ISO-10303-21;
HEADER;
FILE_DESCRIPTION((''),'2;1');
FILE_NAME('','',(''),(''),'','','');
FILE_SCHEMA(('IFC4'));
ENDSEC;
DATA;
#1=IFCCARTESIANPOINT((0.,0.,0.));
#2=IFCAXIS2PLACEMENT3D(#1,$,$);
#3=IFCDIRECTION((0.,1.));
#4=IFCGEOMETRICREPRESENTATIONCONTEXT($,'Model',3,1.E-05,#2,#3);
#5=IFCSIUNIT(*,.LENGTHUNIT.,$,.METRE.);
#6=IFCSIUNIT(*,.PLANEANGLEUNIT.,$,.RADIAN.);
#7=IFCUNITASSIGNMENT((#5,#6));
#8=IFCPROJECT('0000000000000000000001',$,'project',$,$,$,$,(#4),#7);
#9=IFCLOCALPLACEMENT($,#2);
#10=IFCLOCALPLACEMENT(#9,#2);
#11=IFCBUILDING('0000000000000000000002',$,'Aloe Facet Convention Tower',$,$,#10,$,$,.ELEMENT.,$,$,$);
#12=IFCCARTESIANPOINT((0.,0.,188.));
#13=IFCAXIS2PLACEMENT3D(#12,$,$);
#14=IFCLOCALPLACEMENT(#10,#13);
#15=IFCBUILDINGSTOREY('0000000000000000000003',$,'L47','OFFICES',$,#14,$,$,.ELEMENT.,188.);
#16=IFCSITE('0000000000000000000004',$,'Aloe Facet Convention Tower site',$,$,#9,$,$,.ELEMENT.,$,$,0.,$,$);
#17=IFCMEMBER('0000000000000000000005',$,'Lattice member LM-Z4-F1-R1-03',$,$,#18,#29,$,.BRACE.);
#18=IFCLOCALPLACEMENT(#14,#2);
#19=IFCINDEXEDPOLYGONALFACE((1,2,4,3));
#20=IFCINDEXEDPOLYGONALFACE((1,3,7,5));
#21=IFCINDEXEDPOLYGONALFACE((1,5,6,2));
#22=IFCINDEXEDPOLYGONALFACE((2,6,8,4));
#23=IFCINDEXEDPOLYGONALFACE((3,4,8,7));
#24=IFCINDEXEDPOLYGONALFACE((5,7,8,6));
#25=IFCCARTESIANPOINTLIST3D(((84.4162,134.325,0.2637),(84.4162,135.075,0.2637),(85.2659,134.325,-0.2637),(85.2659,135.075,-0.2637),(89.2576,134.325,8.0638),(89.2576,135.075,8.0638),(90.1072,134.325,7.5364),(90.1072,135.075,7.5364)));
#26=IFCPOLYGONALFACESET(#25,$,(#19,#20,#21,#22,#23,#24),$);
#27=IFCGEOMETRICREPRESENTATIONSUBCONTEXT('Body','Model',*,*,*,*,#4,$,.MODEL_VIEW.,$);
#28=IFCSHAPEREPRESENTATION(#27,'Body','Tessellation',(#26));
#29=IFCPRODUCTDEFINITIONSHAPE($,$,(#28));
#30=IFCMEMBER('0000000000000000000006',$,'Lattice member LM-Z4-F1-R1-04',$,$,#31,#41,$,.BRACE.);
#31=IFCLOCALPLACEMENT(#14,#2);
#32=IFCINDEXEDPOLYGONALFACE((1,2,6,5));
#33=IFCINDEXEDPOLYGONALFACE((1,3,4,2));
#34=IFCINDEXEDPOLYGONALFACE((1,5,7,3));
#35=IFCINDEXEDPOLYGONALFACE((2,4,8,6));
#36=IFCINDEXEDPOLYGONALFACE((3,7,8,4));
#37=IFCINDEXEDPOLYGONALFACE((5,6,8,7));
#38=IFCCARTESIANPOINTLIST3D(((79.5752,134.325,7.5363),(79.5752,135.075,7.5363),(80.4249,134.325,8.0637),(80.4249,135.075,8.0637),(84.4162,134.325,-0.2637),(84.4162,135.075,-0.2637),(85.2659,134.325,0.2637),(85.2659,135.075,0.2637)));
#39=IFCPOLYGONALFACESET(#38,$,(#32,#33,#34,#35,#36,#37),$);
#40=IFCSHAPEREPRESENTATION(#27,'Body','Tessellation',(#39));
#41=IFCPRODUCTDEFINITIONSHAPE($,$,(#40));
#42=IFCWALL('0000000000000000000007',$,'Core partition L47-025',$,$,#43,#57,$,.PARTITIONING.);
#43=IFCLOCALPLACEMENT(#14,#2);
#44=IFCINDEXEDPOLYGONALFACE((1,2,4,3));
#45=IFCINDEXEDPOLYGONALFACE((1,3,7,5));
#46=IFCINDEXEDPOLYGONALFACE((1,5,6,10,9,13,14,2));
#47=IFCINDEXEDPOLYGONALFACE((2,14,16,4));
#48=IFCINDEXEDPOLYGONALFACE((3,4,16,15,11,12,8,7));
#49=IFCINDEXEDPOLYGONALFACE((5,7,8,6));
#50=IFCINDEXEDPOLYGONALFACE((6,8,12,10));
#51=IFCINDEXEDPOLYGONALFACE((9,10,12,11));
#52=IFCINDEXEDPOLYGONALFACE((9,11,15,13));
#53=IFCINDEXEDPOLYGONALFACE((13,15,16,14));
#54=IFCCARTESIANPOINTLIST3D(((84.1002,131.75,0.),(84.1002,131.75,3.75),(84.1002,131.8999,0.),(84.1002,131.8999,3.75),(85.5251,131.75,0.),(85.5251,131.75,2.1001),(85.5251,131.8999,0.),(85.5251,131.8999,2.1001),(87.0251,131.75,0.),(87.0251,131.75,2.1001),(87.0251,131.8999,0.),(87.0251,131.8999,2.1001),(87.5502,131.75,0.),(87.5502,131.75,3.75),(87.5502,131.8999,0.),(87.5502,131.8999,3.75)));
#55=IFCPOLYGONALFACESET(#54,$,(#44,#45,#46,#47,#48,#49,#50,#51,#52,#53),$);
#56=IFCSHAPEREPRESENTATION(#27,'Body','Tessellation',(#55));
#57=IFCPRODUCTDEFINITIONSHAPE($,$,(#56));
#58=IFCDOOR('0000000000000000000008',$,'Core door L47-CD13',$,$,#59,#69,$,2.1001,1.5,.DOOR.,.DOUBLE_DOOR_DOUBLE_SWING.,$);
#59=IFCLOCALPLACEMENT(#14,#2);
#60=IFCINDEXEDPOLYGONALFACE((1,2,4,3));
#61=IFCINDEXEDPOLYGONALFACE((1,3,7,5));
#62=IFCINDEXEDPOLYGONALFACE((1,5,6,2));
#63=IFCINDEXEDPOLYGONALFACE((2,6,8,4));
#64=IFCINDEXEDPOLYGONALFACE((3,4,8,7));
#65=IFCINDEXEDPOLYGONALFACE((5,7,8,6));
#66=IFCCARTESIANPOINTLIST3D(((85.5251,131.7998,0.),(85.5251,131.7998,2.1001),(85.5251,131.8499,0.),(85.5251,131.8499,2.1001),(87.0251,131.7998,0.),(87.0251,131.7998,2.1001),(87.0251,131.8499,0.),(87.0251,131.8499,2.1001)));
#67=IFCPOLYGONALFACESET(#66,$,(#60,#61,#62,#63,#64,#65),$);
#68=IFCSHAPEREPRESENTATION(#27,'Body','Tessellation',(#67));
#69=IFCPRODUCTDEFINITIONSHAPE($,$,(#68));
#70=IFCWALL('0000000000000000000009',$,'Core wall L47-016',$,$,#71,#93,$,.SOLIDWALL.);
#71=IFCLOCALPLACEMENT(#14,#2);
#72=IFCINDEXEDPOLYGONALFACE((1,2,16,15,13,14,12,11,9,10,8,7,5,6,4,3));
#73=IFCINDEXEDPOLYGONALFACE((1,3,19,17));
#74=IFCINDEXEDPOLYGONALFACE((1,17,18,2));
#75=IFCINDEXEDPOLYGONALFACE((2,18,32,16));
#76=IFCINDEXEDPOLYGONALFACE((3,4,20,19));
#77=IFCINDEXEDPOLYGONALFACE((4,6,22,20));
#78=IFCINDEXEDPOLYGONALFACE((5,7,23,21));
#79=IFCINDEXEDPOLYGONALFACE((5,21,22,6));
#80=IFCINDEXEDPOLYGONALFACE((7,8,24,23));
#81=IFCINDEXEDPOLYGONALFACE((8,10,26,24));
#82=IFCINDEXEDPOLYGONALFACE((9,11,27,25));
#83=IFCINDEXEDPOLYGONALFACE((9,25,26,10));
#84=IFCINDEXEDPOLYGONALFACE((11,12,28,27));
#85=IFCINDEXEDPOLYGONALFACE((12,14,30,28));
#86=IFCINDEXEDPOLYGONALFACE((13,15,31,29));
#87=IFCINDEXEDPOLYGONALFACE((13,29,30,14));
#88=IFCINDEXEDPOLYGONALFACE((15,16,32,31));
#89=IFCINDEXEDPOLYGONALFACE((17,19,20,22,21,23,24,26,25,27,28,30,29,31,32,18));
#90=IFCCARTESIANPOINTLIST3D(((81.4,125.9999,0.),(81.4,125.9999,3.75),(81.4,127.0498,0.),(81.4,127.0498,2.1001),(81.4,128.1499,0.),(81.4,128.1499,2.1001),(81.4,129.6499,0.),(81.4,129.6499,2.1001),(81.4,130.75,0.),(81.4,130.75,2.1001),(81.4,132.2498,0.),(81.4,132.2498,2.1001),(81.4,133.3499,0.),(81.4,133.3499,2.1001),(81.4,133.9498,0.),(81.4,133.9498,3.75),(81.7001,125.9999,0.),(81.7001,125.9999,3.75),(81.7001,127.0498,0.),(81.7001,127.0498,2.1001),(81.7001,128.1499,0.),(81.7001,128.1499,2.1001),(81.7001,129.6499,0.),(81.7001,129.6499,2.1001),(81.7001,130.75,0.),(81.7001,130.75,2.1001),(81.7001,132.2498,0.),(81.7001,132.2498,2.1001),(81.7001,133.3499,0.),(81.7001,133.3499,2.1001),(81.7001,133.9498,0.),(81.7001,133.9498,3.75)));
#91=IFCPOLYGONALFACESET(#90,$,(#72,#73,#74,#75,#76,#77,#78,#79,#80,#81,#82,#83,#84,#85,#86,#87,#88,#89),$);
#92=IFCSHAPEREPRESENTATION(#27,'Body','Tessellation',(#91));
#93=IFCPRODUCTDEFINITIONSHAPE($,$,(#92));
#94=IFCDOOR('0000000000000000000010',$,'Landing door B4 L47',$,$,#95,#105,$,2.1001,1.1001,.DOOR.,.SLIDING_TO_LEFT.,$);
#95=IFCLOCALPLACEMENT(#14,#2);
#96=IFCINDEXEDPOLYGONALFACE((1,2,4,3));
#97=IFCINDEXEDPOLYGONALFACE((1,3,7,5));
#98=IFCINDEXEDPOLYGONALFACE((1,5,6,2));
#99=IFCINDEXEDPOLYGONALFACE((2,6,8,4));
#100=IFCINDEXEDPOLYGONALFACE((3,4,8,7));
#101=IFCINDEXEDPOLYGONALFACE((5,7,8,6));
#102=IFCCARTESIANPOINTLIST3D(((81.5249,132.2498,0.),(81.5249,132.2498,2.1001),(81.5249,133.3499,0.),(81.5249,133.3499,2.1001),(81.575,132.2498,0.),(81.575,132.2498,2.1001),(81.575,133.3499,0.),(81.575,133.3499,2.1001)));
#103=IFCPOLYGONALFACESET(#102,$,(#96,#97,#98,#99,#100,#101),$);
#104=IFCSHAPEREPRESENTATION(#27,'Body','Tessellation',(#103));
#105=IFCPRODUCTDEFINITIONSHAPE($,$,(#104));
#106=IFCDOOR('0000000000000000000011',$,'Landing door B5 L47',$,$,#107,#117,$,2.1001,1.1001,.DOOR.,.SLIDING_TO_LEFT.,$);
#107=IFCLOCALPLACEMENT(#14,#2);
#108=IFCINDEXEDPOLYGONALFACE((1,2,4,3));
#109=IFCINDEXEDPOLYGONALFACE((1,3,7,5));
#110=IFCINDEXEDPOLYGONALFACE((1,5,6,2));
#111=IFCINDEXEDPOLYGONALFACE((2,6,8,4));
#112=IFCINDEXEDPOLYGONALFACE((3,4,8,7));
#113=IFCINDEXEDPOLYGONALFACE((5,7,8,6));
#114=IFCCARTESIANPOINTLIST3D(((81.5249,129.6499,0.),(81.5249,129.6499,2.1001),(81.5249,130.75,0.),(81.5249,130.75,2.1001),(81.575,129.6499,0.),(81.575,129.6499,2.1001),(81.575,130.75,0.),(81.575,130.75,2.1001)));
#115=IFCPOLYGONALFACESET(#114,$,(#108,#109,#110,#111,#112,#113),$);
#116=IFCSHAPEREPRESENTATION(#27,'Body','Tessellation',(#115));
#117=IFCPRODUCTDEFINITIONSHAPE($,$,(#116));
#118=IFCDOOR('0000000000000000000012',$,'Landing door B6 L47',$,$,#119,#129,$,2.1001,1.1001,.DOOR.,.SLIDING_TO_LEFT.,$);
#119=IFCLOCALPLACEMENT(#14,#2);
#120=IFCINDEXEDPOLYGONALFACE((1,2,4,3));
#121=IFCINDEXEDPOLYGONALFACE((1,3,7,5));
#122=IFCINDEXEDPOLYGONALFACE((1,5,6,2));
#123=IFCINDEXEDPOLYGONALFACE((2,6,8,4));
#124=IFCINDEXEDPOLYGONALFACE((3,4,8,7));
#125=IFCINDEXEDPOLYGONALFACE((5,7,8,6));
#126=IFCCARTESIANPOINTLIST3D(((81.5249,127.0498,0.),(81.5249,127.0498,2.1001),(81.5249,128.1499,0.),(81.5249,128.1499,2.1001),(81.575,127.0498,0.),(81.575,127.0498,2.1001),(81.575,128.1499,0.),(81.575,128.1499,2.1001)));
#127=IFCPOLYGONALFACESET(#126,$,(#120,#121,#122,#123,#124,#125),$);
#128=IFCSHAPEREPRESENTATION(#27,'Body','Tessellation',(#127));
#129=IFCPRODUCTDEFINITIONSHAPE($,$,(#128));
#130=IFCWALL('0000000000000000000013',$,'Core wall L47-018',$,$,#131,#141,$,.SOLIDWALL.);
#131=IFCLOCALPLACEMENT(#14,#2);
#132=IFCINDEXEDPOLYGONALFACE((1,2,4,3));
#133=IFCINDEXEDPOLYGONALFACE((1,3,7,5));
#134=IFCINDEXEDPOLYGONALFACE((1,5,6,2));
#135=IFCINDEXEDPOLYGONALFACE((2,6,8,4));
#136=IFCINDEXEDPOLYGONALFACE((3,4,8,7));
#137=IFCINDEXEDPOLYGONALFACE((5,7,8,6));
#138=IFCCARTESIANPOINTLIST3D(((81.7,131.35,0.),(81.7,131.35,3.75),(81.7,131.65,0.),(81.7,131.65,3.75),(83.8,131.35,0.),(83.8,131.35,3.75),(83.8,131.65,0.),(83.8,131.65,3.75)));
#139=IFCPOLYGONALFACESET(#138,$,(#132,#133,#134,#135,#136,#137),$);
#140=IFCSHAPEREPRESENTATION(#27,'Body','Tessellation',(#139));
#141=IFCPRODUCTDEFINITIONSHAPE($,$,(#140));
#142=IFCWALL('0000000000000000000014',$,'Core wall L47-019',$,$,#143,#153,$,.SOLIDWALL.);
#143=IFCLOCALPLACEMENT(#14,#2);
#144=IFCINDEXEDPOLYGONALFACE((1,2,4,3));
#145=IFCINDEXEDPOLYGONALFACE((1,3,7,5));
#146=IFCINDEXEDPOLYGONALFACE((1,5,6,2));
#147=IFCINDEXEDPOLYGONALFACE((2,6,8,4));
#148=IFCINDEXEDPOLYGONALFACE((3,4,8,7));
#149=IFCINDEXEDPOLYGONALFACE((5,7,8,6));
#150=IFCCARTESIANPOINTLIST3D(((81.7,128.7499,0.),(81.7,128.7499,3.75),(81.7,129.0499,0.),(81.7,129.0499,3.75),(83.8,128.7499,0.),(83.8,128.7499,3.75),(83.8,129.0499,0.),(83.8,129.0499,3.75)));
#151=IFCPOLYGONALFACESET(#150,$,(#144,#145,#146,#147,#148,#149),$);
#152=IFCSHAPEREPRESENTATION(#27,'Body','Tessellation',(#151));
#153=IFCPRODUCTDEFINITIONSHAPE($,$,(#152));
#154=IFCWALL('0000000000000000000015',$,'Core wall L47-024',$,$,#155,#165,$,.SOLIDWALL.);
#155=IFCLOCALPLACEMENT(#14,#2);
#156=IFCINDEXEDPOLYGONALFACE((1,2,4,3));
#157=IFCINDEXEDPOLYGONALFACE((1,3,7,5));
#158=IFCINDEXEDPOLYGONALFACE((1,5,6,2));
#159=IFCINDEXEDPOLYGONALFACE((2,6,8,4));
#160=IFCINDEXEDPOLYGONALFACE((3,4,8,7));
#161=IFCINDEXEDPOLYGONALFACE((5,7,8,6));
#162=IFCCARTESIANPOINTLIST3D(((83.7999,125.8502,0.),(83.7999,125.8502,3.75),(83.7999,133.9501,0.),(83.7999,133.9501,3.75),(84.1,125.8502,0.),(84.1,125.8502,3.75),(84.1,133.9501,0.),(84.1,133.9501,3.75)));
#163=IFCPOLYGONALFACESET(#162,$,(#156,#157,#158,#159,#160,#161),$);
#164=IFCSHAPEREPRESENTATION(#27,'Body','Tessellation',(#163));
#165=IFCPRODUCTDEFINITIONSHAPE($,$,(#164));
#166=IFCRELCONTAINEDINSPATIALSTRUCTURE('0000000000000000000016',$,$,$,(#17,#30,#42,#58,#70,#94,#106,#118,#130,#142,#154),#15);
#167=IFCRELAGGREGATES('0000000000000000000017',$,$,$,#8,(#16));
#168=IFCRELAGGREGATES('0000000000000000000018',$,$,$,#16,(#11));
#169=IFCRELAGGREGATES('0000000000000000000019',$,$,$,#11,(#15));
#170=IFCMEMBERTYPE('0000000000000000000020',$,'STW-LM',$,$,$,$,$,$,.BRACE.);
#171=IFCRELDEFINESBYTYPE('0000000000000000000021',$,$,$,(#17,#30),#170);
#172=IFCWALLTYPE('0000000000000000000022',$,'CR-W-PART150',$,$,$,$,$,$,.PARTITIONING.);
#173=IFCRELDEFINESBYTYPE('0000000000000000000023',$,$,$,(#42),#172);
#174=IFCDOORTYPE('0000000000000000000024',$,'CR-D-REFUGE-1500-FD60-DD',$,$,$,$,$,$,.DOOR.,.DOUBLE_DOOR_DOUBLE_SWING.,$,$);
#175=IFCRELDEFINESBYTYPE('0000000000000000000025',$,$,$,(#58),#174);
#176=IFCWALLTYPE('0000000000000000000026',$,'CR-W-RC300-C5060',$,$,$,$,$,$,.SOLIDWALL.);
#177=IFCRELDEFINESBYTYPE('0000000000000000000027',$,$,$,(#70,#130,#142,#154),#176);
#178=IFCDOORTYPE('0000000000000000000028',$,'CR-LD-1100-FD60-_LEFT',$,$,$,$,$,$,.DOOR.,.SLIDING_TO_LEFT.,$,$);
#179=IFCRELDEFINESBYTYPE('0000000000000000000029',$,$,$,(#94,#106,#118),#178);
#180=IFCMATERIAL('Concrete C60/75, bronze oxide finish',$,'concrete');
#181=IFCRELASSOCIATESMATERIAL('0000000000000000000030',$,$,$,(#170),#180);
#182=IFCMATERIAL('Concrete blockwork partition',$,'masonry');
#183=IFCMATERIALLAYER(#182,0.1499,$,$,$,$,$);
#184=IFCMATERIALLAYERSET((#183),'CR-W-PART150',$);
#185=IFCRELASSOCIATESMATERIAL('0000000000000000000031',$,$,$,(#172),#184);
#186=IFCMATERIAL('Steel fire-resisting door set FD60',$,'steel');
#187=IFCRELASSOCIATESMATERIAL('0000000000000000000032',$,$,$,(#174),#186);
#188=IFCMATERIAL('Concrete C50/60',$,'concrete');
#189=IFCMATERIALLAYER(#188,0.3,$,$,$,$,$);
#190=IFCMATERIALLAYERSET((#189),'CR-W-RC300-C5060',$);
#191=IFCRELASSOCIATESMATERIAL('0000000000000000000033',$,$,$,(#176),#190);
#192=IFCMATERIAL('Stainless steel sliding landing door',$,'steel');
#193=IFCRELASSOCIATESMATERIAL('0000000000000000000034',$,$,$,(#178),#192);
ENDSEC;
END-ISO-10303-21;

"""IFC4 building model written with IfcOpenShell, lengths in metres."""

from ifc_helpers import new_model, si_unit, direction, frame, frame_2d, origin, origin_2d, place, context, subcontext, project, spatial, rectangle, extrude, material, layer, layer_set, material_profile, profile_set, type_object, element, fill, save


model = new_model("IFC4")

# Units and contexts
model_context = context("Model", 3, precision=1e-05, world=origin(), true_north=direction((0.0, 1.0)))
body_context = subcontext(model_context, "Body", "Model", "MODEL_VIEW")
ifc_project = project(units=[si_unit("LENGTHUNIT", "METRE"), si_unit("PLANEANGLEUNIT", "RADIAN")], contexts=[model_context])

# Site, building, storey
site_placement = place(None, origin())
site = spatial("IfcSite", under=ifc_project, at=site_placement, Name="Aloe Facet Convention Tower site", CompositionType="ELEMENT", RefElevation=0.0)
building_placement = place(site_placement, origin())
building = spatial("IfcBuilding", under=site, at=building_placement, Name="Aloe Facet Convention Tower", CompositionType="ELEMENT")
storey_placement = place(building_placement, frame((0.0, 0.0, 188.0)))
storey = spatial("IfcBuildingStorey", under=building, at=storey_placement, Name="L47", Description="OFFICES", CompositionType="ELEMENT", Elevation=188.0)

# Members
ifc_material_1 = material(Name="Concrete C60/75, bronze oxide finish", Category="concrete")
ifc_material_profile = material_profile(ifc_material_1, rectangle(XDim=0.75, YDim=1.0, at=origin_2d()), Name="STW-LM")
ifc_profile_set = profile_set([ifc_material_profile], Name="Concrete C60/75, bronze oxide finish")
member_type = type_object("IfcMemberType", Name="STW-LM", PredefinedType="BRACE", material=ifc_profile_set)
member_1_placement = place(storey_placement, frame((84.8411, 134.7, 0.0), z_axis=(0.527355, 0.0, 0.849645), x_axis=(0.0, 1.0, 0.0)))
element("IfcMember", 1, at=member_1_placement, inside=storey, type_object=member_type, Name="Lattice member LM-Z4-F1-R1-03", PredefinedType="BRACE", context=body_context, shape_type="SweptSolid", body=[
    extrude(rectangle(XDim=0.75, YDim=1.0, at=origin_2d()), origin(), (0.0, 0.0, 1.0), 9.1804),
])
member_2_placement = place(storey_placement, frame((84.8411, 134.7, 0.0), z_axis=(-0.527336, 0.0, 0.849657), x_axis=(0.0, -1.0, 0.0)))
element("IfcMember", 2, at=member_2_placement, inside=storey, type_object=member_type, Name="Lattice member LM-Z4-F1-R1-04", PredefinedType="BRACE", context=body_context, shape_type="SweptSolid", body=[
    extrude(rectangle(XDim=0.75, YDim=1.0, at=origin_2d()), origin(), (0.0, 0.0, 1.0), 9.1802),
])

# Wall, opening, door
ifc_material_2 = material(Name="Concrete blockwork partition", Category="masonry")
ifc_layer_1 = layer(ifc_material_2, 0.1499)
ifc_layer_set_1 = layer_set([ifc_layer_1], Name="CR-W-PART150")
wall_type_1 = type_object("IfcWallType", Name="CR-W-PART150", PredefinedType="PARTITIONING", material=ifc_layer_set_1)
wall_1_placement = place(storey_placement, frame((84.1001, 131.825, 0.0), z_axis=(0.0, 0.0, 1.0), x_axis=(1.0, 0.0, 0.0)))
wall_1 = element("IfcWall", 3, at=wall_1_placement, inside=storey, type_object=wall_type_1, Name="Core partition L47-025", PredefinedType="PARTITIONING", context=body_context, shape_type="SweptSolid", body=[
    extrude(rectangle(XDim=3.45, YDim=0.1499, at=frame_2d((1.7251, 0.0))), origin(), (0.0, 0.0, 1.0), 3.75),
])
opening_1_placement = place(wall_1_placement, frame((1.425, 0.0, 0.0)))
opening_1 = element("IfcOpeningElement", 4, at=opening_1_placement, cuts=wall_1, PredefinedType="OPENING", context=body_context, shape_type="SweptSolid", body=[
    extrude(rectangle(XDim=1.5, YDim=2.1001, at=frame_2d((0.75, 1.05))), frame((0.0, 0.085, 0.0), z_axis=(0.0, -1.0, 0.0), x_axis=(1.0, 0.0, 0.0)), (0.0, 0.0, 1.0), 0.1699),
])
ifc_material_3 = material(Name="Steel fire-resisting door set FD60", Category="steel")
door_type_1 = type_object("IfcDoorType", Name="CR-D-REFUGE-1500-FD60-DD", OperationType="DOUBLE_DOOR_DOUBLE_SWING", PredefinedType="DOOR", material=ifc_material_3)
door_1_placement = place(opening_1_placement, origin())
door_1 = element("IfcDoor", 5, at=door_1_placement, inside=storey, type_object=door_type_1, Name="Core door L47-CD13", OperationType="DOUBLE_DOOR_DOUBLE_SWING", OverallHeight=2.1001, OverallWidth=1.5, PredefinedType="DOOR", context=body_context, shape_type="SweptSolid", body=[
    extrude(rectangle(XDim=1.5, YDim=2.1001, at=frame_2d((0.75, 1.05))), frame((0.0, 0.0249, 0.0), z_axis=(0.0, -1.0, 0.0), x_axis=(1.0, 0.0, 0.0)), (0.0, 0.0, 1.0), 0.05),
])
fill(opening_1, door_1)

# Wall, openings, doors
ifc_material_4 = material(Name="Concrete C50/60", Category="concrete")
ifc_layer_2 = layer(ifc_material_4, 0.3)
ifc_layer_set_2 = layer_set([ifc_layer_2], Name="CR-W-RC300-C5060")
wall_type_2 = type_object("IfcWallType", Name="CR-W-RC300-C5060", PredefinedType="SOLIDWALL", material=ifc_layer_set_2)
wall_2_placement = place(storey_placement, frame((81.55, 133.95, 0.0), z_axis=(0.0, 0.0, 1.0), x_axis=(0.0, -1.0, 0.0)))
wall_2 = element("IfcWall", 6, at=wall_2_placement, inside=storey, type_object=wall_type_2, Name="Core wall L47-016", PredefinedType="SOLIDWALL", context=body_context, shape_type="SweptSolid", body=[
    extrude(rectangle(XDim=7.95, YDim=0.3, at=frame_2d((3.9751, 0.0))), origin(), (0.0, 0.0, 1.0), 3.75),
])
opening_2_placement = place(wall_2_placement, frame((0.6001, 0.0, 0.0)))
opening_2 = element("IfcOpeningElement", 7, at=opening_2_placement, cuts=wall_2, PredefinedType="OPENING", context=body_context, shape_type="SweptSolid", body=[
    extrude(rectangle(XDim=1.1001, YDim=2.1001, at=frame_2d((0.55, 1.05))), frame((0.0, 0.1602, 0.0), z_axis=(0.0, -1.0, 0.0), x_axis=(1.0, 0.0, 0.0)), (0.0, 0.0, 1.0), 0.3201),
])
opening_3_placement = place(wall_2_placement, frame((3.2, 0.0, 0.0)))
opening_3 = element("IfcOpeningElement", 8, at=opening_3_placement, cuts=wall_2, PredefinedType="OPENING", context=body_context, shape_type="SweptSolid", body=[
    extrude(rectangle(XDim=1.1001, YDim=2.1001, at=frame_2d((0.55, 1.05))), frame((0.0, 0.1602, 0.0), z_axis=(0.0, -1.0, 0.0), x_axis=(1.0, 0.0, 0.0)), (0.0, 0.0, 1.0), 0.3201),
])
opening_4_placement = place(wall_2_placement, frame((5.8, 0.0, 0.0)))
opening_4 = element("IfcOpeningElement", 9, at=opening_4_placement, cuts=wall_2, PredefinedType="OPENING", context=body_context, shape_type="SweptSolid", body=[
    extrude(rectangle(XDim=1.1001, YDim=2.1001, at=frame_2d((0.55, 1.05))), frame((0.0, 0.1602, 0.0), z_axis=(0.0, -1.0, 0.0), x_axis=(1.0, 0.0, 0.0)), (0.0, 0.0, 1.0), 0.3201),
])
ifc_material_5 = material(Name="Stainless steel sliding landing door", Category="steel")
door_type_2 = type_object("IfcDoorType", Name="CR-LD-1100-FD60-_LEFT", OperationType="SLIDING_TO_LEFT", PredefinedType="DOOR", material=ifc_material_5)
door_2_placement = place(opening_2_placement, origin())
door_2 = element("IfcDoor", 10, at=door_2_placement, inside=storey, type_object=door_type_2, Name="Landing door B4 L47", OperationType="SLIDING_TO_LEFT", OverallHeight=2.1001, OverallWidth=1.1001, PredefinedType="DOOR", context=body_context, shape_type="SweptSolid", body=[
    extrude(rectangle(XDim=1.1001, YDim=2.1001, at=frame_2d((0.55, 1.05))), frame((0.0, 0.0249, 0.0), z_axis=(0.0, -1.0, 0.0), x_axis=(1.0, 0.0, 0.0)), (0.0, 0.0, 1.0), 0.05),
])
fill(opening_2, door_2)
door_3_placement = place(opening_3_placement, origin())
door_3 = element("IfcDoor", 11, at=door_3_placement, inside=storey, type_object=door_type_2, Name="Landing door B5 L47", OperationType="SLIDING_TO_LEFT", OverallHeight=2.1001, OverallWidth=1.1001, PredefinedType="DOOR", context=body_context, shape_type="SweptSolid", body=[
    extrude(rectangle(XDim=1.1001, YDim=2.1001, at=frame_2d((0.55, 1.05))), frame((0.0, 0.0249, 0.0), z_axis=(0.0, -1.0, 0.0), x_axis=(1.0, 0.0, 0.0)), (0.0, 0.0, 1.0), 0.05),
])
fill(opening_3, door_3)
door_4_placement = place(opening_4_placement, origin())
door_4 = element("IfcDoor", 12, at=door_4_placement, inside=storey, type_object=door_type_2, Name="Landing door B6 L47", OperationType="SLIDING_TO_LEFT", OverallHeight=2.1001, OverallWidth=1.1001, PredefinedType="DOOR", context=body_context, shape_type="SweptSolid", body=[
    extrude(rectangle(XDim=1.1001, YDim=2.1001, at=frame_2d((0.55, 1.05))), frame((0.0, 0.0249, 0.0), z_axis=(0.0, -1.0, 0.0), x_axis=(1.0, 0.0, 0.0)), (0.0, 0.0, 1.0), 0.05),
])
fill(opening_4, door_4)

# Walls
for number, where, z_axis, x_axis, name in (
    (13, (81.7, 131.5, 0.0), (0.0, 0.0, 1.0), (1.0, 0.0, 0.0), "Core wall L47-018"),
    (14, (81.7, 128.8999, 0.0), (0.0, 0.0, 1.0), (1.0, 0.0, 0.0), "Core wall L47-019"),
):
    element("IfcWall", number, at=place(storey_placement, frame(where, z_axis=z_axis, x_axis=x_axis)), inside=storey, type_object=wall_type_2, Name=name, PredefinedType="SOLIDWALL", context=body_context, shape_type="SweptSolid", body=[
        extrude(rectangle(XDim=2.1001, YDim=0.3, at=frame_2d((1.05, 0.0))), origin(), (0.0, 0.0, 1.0), 3.75),
    ])
wall_3_placement = place(storey_placement, frame((83.95, 133.95, 0.0), z_axis=(0.0, 0.0, 1.0), x_axis=(0.0, -1.0, 0.0)))
element("IfcWall", 15, at=wall_3_placement, inside=storey, type_object=wall_type_2, Name="Core wall L47-024", PredefinedType="SOLIDWALL", context=body_context, shape_type="SweptSolid", body=[
    extrude(rectangle(XDim=8.0999, YDim=0.3, at=frame_2d((4.0498, 0.0))), origin(), (0.0, 0.0, 1.0), 3.75),
])

save(model, "model.ifc")
